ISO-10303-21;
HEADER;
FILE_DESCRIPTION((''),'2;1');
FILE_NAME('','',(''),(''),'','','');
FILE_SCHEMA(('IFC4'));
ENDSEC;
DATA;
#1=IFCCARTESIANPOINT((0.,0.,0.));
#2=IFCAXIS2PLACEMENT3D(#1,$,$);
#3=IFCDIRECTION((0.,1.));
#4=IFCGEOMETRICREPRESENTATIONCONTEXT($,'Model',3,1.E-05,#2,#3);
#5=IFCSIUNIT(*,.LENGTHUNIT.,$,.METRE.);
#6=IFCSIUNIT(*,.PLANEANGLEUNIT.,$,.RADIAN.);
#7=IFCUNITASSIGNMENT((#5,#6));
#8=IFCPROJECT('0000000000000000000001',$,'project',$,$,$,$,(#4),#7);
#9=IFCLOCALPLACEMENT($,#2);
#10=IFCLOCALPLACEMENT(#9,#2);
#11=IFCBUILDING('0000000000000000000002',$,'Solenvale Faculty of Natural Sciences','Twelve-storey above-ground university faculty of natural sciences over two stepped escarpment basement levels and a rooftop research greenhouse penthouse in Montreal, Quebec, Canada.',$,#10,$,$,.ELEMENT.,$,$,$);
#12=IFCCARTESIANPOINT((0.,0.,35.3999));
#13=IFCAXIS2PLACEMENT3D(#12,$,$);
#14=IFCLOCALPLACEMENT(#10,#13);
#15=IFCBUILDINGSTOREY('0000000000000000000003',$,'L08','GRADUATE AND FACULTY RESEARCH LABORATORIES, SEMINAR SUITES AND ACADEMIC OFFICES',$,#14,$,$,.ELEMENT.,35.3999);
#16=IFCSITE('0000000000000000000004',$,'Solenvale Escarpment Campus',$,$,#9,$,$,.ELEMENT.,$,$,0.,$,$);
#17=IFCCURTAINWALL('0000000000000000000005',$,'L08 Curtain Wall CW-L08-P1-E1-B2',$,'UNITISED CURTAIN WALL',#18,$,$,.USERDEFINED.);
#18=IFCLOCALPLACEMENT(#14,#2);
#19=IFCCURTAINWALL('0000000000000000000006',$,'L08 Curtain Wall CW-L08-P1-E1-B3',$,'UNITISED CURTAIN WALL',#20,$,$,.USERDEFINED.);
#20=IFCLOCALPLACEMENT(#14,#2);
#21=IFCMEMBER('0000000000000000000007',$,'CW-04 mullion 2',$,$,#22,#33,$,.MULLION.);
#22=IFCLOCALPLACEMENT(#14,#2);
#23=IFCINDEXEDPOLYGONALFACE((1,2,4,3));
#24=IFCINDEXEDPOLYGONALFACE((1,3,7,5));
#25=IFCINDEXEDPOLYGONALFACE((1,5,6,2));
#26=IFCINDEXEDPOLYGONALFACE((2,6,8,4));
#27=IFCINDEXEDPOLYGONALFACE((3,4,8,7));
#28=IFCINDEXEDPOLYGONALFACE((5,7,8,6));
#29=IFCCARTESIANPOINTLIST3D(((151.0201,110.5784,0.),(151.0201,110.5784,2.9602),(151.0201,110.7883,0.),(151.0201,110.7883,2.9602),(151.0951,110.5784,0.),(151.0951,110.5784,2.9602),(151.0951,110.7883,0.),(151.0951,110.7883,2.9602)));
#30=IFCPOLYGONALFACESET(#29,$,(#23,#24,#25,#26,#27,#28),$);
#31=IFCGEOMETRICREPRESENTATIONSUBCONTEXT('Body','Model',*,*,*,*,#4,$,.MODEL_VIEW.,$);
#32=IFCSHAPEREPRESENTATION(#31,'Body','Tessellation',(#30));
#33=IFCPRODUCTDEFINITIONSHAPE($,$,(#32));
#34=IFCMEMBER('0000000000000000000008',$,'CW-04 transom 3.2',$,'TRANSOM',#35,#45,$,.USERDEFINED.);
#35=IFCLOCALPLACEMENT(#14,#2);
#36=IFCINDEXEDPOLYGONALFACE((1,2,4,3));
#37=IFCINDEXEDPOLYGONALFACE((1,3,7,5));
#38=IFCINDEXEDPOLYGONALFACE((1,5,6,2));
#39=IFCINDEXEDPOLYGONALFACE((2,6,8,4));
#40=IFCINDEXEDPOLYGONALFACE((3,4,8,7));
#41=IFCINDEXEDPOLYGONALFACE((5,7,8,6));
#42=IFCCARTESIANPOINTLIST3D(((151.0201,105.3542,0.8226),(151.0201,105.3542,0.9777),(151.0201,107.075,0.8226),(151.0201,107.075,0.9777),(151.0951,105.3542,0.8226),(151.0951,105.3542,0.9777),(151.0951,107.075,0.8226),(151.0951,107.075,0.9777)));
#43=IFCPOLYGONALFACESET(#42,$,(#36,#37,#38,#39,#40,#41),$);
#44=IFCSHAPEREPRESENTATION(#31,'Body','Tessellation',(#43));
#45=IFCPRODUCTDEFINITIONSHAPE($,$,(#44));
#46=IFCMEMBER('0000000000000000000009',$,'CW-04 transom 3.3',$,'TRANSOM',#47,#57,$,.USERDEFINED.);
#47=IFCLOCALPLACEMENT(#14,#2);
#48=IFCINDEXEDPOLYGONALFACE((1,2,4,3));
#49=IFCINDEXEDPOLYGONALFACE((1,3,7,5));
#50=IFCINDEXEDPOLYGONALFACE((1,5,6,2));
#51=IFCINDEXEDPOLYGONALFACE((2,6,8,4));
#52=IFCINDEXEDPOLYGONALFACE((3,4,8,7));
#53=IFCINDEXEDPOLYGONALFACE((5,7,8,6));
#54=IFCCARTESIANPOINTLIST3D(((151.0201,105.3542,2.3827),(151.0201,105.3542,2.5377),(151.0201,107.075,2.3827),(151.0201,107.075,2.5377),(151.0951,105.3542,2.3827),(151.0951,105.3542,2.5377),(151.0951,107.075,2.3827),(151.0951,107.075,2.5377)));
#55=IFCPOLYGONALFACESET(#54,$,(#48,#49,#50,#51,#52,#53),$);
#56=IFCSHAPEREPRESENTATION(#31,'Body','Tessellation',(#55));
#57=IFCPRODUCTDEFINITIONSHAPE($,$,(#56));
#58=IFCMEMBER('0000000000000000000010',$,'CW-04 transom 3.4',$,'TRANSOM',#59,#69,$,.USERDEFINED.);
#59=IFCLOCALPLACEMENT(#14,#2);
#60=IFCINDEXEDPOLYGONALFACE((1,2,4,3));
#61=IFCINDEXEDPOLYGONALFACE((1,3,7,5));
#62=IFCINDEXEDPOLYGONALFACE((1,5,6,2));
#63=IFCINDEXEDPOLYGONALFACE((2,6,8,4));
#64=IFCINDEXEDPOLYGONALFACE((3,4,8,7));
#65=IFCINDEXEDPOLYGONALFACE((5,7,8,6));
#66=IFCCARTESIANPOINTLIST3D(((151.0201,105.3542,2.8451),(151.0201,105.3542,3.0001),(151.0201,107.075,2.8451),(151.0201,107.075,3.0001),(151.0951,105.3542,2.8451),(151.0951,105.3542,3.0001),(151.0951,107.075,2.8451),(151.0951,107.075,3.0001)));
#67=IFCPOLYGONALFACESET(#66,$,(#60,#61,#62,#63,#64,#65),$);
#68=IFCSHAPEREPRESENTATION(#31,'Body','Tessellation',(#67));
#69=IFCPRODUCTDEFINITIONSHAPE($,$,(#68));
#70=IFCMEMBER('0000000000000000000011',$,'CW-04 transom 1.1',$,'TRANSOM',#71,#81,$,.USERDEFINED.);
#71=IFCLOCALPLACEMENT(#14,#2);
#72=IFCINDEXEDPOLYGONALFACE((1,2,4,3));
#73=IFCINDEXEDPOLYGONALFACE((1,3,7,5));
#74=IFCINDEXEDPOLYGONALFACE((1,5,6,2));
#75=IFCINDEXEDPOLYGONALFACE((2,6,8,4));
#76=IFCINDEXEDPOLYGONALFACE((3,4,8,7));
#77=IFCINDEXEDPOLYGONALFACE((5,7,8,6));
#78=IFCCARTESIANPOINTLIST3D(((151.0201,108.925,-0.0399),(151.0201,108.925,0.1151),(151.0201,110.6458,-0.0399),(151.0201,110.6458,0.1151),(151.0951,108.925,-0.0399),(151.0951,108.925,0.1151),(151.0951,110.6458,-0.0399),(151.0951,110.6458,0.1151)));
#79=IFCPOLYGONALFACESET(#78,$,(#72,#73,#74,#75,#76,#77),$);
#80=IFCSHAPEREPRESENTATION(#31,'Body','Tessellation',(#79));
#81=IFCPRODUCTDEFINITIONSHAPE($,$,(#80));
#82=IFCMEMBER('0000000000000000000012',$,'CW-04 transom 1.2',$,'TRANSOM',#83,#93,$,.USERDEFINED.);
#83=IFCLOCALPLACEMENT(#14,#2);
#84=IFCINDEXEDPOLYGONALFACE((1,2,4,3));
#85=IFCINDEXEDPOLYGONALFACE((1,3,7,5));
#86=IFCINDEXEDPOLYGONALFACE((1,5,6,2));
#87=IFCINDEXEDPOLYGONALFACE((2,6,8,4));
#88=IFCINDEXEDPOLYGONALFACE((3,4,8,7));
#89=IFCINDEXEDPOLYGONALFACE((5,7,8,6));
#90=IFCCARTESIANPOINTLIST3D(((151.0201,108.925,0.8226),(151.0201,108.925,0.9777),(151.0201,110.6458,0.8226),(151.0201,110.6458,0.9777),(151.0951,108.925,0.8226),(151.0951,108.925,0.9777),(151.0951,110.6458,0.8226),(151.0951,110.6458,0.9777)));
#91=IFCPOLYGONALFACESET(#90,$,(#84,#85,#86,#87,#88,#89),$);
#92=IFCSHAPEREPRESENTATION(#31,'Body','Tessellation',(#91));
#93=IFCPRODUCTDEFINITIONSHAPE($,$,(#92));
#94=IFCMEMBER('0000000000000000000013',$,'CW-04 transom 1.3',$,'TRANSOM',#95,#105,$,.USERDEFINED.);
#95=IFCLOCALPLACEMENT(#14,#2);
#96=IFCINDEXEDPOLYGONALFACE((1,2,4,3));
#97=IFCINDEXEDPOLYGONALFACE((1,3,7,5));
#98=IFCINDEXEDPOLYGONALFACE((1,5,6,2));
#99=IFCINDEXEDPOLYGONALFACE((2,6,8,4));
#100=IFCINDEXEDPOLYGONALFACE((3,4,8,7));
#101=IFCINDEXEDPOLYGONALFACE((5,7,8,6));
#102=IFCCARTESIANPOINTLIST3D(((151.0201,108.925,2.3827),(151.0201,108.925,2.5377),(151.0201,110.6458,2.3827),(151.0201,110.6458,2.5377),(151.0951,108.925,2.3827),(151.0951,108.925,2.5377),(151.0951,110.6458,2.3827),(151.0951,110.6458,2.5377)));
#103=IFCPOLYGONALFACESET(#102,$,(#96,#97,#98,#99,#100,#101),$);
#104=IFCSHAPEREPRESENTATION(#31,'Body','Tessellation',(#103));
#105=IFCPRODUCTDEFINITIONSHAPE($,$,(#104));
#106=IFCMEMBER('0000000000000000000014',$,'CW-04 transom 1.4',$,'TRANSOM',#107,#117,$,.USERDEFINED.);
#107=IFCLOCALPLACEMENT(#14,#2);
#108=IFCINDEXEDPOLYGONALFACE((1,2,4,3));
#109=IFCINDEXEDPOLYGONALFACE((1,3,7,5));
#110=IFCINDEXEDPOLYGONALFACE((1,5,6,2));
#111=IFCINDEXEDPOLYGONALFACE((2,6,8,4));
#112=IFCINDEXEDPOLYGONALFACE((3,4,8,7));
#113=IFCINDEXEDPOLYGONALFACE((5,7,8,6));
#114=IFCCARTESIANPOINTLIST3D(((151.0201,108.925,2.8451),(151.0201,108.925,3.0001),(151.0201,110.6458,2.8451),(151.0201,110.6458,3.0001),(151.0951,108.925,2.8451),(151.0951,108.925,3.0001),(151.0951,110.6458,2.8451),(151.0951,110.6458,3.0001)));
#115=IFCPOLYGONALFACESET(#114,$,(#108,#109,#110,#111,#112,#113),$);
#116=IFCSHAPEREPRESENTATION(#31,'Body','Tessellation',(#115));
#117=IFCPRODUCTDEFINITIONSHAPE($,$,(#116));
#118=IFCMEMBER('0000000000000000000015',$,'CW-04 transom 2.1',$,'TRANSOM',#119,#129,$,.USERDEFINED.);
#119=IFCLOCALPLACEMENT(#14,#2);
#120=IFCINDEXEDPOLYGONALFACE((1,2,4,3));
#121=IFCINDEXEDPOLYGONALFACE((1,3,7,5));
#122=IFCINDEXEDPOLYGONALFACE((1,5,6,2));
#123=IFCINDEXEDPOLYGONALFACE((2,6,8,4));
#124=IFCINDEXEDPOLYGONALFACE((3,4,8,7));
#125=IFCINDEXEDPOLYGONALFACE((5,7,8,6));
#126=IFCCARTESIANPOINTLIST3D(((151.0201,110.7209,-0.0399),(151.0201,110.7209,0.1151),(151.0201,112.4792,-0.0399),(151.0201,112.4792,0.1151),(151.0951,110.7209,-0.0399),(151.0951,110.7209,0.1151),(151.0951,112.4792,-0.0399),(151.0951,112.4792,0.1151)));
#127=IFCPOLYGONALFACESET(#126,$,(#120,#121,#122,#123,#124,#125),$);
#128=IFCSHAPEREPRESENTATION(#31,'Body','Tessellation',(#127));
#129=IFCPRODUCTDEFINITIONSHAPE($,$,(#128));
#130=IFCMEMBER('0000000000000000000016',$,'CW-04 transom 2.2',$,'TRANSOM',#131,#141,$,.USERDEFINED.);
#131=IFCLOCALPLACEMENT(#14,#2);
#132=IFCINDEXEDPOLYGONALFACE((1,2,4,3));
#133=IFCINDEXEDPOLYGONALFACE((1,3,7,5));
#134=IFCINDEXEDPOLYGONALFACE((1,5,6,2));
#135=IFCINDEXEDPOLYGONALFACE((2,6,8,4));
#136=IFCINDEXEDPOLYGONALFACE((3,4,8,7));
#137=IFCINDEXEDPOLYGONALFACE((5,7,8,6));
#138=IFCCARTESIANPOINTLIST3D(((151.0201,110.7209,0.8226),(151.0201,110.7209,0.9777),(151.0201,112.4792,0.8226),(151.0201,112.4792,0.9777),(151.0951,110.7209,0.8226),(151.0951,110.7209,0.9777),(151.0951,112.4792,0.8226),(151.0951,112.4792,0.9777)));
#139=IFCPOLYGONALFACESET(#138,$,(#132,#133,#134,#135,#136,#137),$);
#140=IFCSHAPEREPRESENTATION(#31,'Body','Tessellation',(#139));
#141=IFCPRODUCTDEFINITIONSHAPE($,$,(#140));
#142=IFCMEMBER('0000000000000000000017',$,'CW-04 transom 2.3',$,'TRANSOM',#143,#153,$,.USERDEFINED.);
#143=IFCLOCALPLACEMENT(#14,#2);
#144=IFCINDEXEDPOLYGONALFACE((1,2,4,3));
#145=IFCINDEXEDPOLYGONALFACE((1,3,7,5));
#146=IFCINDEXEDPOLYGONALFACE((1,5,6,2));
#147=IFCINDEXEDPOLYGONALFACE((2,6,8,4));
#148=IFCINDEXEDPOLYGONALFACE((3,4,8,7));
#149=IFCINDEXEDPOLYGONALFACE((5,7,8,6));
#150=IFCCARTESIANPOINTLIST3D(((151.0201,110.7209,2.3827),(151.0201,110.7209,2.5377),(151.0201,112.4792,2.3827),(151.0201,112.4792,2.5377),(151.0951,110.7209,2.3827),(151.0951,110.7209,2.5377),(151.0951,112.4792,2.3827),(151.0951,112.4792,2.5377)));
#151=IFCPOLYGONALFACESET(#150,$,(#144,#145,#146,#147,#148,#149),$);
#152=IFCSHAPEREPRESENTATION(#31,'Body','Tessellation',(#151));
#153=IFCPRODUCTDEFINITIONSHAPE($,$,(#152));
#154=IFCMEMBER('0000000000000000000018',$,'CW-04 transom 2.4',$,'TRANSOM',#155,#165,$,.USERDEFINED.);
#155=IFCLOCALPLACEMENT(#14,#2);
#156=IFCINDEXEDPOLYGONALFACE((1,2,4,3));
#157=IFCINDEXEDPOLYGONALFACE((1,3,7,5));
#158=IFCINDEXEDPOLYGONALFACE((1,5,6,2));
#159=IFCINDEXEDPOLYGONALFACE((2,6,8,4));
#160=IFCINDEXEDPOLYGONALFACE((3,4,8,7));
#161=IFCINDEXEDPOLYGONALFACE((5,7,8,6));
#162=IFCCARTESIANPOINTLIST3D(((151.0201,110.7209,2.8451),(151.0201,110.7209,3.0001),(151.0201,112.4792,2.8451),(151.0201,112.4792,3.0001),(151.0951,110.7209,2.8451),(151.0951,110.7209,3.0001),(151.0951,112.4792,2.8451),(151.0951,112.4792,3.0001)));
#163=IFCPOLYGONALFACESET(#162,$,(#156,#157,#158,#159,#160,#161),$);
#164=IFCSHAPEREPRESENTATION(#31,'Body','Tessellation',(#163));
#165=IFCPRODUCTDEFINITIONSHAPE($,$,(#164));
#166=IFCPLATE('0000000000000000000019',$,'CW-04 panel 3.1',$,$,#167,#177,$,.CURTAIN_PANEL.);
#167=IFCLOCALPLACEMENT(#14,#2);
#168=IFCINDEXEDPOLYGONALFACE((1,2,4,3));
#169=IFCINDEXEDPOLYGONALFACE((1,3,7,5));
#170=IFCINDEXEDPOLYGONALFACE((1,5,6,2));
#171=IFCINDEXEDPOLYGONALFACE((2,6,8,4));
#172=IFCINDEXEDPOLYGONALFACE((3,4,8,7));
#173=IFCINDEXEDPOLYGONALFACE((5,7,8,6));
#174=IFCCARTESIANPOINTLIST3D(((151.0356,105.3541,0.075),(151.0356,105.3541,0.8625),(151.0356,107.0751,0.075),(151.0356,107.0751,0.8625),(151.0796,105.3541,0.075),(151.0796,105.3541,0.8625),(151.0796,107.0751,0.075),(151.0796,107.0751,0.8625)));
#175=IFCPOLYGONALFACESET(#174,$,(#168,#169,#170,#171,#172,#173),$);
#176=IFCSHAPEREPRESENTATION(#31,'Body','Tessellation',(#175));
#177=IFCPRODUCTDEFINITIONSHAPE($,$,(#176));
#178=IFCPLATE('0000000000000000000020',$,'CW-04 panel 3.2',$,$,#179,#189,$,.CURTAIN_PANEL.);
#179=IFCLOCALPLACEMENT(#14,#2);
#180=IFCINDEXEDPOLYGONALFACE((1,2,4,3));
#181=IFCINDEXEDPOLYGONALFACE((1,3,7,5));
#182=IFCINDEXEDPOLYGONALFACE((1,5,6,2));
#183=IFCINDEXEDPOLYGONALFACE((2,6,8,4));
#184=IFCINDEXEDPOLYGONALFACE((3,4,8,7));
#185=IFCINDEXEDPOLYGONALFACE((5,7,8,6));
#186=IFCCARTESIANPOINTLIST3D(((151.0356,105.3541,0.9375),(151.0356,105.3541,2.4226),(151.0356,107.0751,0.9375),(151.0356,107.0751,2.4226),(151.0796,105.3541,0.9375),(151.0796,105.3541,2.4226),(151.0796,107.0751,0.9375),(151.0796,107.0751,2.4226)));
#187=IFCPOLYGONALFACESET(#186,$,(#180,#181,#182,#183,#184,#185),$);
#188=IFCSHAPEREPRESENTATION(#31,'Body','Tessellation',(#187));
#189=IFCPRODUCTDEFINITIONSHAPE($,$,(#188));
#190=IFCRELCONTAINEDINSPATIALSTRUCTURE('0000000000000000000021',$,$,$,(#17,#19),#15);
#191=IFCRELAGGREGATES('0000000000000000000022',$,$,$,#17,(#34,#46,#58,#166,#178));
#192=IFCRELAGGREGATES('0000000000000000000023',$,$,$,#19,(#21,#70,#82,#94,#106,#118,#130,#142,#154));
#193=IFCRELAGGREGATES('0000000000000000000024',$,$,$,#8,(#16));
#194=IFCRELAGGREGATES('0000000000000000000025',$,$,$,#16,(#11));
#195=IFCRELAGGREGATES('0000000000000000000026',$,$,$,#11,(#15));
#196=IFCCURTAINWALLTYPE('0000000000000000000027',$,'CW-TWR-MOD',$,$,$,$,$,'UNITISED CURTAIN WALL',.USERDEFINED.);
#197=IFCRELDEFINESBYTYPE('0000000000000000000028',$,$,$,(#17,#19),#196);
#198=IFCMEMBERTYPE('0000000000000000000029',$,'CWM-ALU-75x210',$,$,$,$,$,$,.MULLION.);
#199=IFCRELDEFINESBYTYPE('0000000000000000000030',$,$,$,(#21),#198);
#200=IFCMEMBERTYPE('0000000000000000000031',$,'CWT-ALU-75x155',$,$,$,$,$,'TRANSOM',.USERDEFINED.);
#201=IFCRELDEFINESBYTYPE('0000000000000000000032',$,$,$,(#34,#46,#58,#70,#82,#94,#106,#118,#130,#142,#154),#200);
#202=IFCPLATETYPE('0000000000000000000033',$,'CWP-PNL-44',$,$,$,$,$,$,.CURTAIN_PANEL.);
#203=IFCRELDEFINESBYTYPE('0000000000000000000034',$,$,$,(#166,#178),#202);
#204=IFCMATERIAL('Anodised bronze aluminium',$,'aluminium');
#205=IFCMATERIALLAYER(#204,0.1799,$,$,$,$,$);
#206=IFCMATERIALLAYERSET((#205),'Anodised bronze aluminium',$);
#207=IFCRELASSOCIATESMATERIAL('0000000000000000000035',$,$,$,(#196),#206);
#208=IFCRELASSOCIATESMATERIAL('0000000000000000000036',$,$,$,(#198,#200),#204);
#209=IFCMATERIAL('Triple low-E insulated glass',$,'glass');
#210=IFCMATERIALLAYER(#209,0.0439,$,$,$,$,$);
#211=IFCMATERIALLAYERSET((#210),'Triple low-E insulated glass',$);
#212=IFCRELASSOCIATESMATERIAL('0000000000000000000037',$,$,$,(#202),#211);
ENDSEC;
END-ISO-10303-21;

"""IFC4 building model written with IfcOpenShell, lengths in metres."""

from ifc_helpers import new_model, si_unit, direction, frame, origin, origin_2d, place, context, subcontext, project, spatial, rectangle, extrude, material, layer, layer_set, material_profile, profile_set, type_object, element, aggregate, save


model = new_model("IFC4")

# Units and contexts
model_context = context("Model", 3, precision=1e-05, world=origin(), true_north=direction((0.0, 1.0)))
body_context = subcontext(model_context, "Body", "Model", "MODEL_VIEW")
ifc_project = project(units=[si_unit("LENGTHUNIT", "METRE"), si_unit("PLANEANGLEUNIT", "RADIAN")], contexts=[model_context])

# Site, building, storey
site_placement = place(None, origin())
site = spatial("IfcSite", under=ifc_project, at=site_placement, Name="Solenvale Escarpment Campus", CompositionType="ELEMENT", RefElevation=0.0)
building_placement = place(site_placement, origin())
building = spatial("IfcBuilding", under=site, at=building_placement, Name="Solenvale Faculty of Natural Sciences", Description="Twelve-storey above-ground university faculty of natural sciences over two stepped escarpment basement levels and a rooftop research greenhouse penthouse in Montreal, Quebec, Canada.", CompositionType="ELEMENT")
storey_placement = place(building_placement, frame((0.0, 0.0, 35.3999)))
storey = spatial("IfcBuildingStorey", under=building, at=storey_placement, Name="L08", Description="GRADUATE AND FACULTY RESEARCH LABORATORIES, SEMINAR SUITES AND ACADEMIC OFFICES", CompositionType="ELEMENT", Elevation=35.3999)

# Curtain wall
ifc_material_1 = material(Name="Anodised bronze aluminium", Category="aluminium")
ifc_layer_1 = layer(ifc_material_1, 0.1799)
ifc_layer_set_1 = layer_set([ifc_layer_1], Name="Anodised bronze aluminium")
curtain_wall_type = type_object("IfcCurtainWallType", Name="CW-TWR-MOD", ElementType="UNITISED CURTAIN WALL", PredefinedType="USERDEFINED", material=ifc_layer_set_1)
curtain_wall_1_placement = place(storey_placement, origin())
curtain_wall_1 = element("IfcCurtainWall", 1, at=curtain_wall_1_placement, inside=storey, type_object=curtain_wall_type, Name="L08 Curtain Wall CW-L08-P1-E1-B2", ObjectType="UNITISED CURTAIN WALL", PredefinedType="USERDEFINED")
ifc_material_profile_1 = material_profile(ifc_material_1, rectangle(XDim=0.075, YDim=0.21, at=origin_2d()), Name="ALU-MUL-75x210")
ifc_profile_set_1 = profile_set([ifc_material_profile_1], Name="Anodised bronze aluminium")
member_type_1 = type_object("IfcMemberType", Name="CWM-ALU-75x210", PredefinedType="MULLION", material=ifc_profile_set_1)

# Curtain wall, member
curtain_wall_2_placement = place(storey_placement, origin())
curtain_wall_2 = element("IfcCurtainWall", 2, at=curtain_wall_2_placement, inside=storey, type_object=curtain_wall_type, Name="L08 Curtain Wall CW-L08-P1-E1-B3", ObjectType="UNITISED CURTAIN WALL", PredefinedType="USERDEFINED")
member_1_placement = place(storey_placement, frame((151.0576, 110.6833, 0.0), z_axis=(0.0, 0.0, 1.0), x_axis=(-1.0, 0.0, 0.0)))
member_1 = element("IfcMember", 3, at=member_1_placement, type_object=member_type_1, Name="CW-04 mullion 2", PredefinedType="MULLION", context=body_context, shape_type="SweptSolid", body=[
    extrude(rectangle(XDim=0.075, YDim=0.21, at=origin_2d()), origin(), (0.0, 0.0, 1.0), 2.9602),
])

# Members
ifc_material_profile_2 = material_profile(ifc_material_1, rectangle(XDim=0.075, YDim=0.155, at=origin_2d()), Name="ALU-TRN-75x155")
ifc_profile_set_2 = profile_set([ifc_material_profile_2], Name="Anodised bronze aluminium")
member_type_2 = type_object("IfcMemberType", Name="CWT-ALU-75x155", ElementType="TRANSOM", PredefinedType="USERDEFINED", material=ifc_profile_set_2)
member_2_placement = place(storey_placement, frame((151.0576, 105.3542, 0.9001), z_axis=(0.0, 1.0, 0.0), x_axis=(-1.0, 0.0, 0.0)))
member_2 = element("IfcMember", 4, at=member_2_placement, type_object=member_type_2, Name="CW-04 transom 3.2", ObjectType="TRANSOM", PredefinedType="USERDEFINED", context=body_context, shape_type="SweptSolid", body=[
    extrude(rectangle(XDim=0.075, YDim=0.155, at=origin_2d()), origin(), (0.0, 0.0, 1.0), 1.7207),
])
member_3_placement = place(storey_placement, frame((151.0576, 105.3542, 2.4602), z_axis=(0.0, 1.0, 0.0), x_axis=(-1.0, 0.0, 0.0)))
member_3 = element("IfcMember", 5, at=member_3_placement, type_object=member_type_2, Name="CW-04 transom 3.3", ObjectType="TRANSOM", PredefinedType="USERDEFINED", context=body_context, shape_type="SweptSolid", body=[
    extrude(rectangle(XDim=0.075, YDim=0.155, at=origin_2d()), origin(), (0.0, 0.0, 1.0), 1.7207),
])
member_4_placement = place(storey_placement, frame((151.0576, 105.3542, 2.9226), z_axis=(0.0, 1.0, 0.0), x_axis=(-1.0, 0.0, 0.0)))
member_4 = element("IfcMember", 6, at=member_4_placement, type_object=member_type_2, Name="CW-04 transom 3.4", ObjectType="TRANSOM", PredefinedType="USERDEFINED", context=body_context, shape_type="SweptSolid", body=[
    extrude(rectangle(XDim=0.075, YDim=0.155, at=origin_2d()), origin(), (0.0, 0.0, 1.0), 1.7207),
])
member_5_placement = place(storey_placement, frame((151.0576, 108.925, 0.0376), z_axis=(0.0, 1.0, 0.0), x_axis=(-1.0, 0.0, 0.0)))
member_5 = element("IfcMember", 7, at=member_5_placement, type_object=member_type_2, Name="CW-04 transom 1.1", ObjectType="TRANSOM", PredefinedType="USERDEFINED", context=body_context, shape_type="SweptSolid", body=[
    extrude(rectangle(XDim=0.075, YDim=0.155, at=origin_2d()), origin(), (0.0, 0.0, 1.0), 1.7207),
])
member_6_placement = place(storey_placement, frame((151.0576, 108.925, 0.9001), z_axis=(0.0, 1.0, 0.0), x_axis=(-1.0, 0.0, 0.0)))
member_6 = element("IfcMember", 8, at=member_6_placement, type_object=member_type_2, Name="CW-04 transom 1.2", ObjectType="TRANSOM", PredefinedType="USERDEFINED", context=body_context, shape_type="SweptSolid", body=[
    extrude(rectangle(XDim=0.075, YDim=0.155, at=origin_2d()), origin(), (0.0, 0.0, 1.0), 1.7207),
])
member_7_placement = place(storey_placement, frame((151.0576, 108.925, 2.4602), z_axis=(0.0, 1.0, 0.0), x_axis=(-1.0, 0.0, 0.0)))
member_7 = element("IfcMember", 9, at=member_7_placement, type_object=member_type_2, Name="CW-04 transom 1.3", ObjectType="TRANSOM", PredefinedType="USERDEFINED", context=body_context, shape_type="SweptSolid", body=[
    extrude(rectangle(XDim=0.075, YDim=0.155, at=origin_2d()), origin(), (0.0, 0.0, 1.0), 1.7207),
])
member_8_placement = place(storey_placement, frame((151.0576, 108.925, 2.9226), z_axis=(0.0, 1.0, 0.0), x_axis=(-1.0, 0.0, 0.0)))
member_8 = element("IfcMember", 10, at=member_8_placement, type_object=member_type_2, Name="CW-04 transom 1.4", ObjectType="TRANSOM", PredefinedType="USERDEFINED", context=body_context, shape_type="SweptSolid", body=[
    extrude(rectangle(XDim=0.075, YDim=0.155, at=origin_2d()), origin(), (0.0, 0.0, 1.0), 1.7207),
])
member_9_placement = place(storey_placement, frame((151.0576, 110.7209, 0.0376), z_axis=(0.0, 1.0, 0.0), x_axis=(-1.0, 0.0, 0.0)))
member_9 = element("IfcMember", 11, at=member_9_placement, type_object=member_type_2, Name="CW-04 transom 2.1", ObjectType="TRANSOM", PredefinedType="USERDEFINED", context=body_context, shape_type="SweptSolid", body=[
    extrude(rectangle(XDim=0.075, YDim=0.155, at=origin_2d()), origin(), (0.0, 0.0, 1.0), 1.7583),
])
member_10_placement = place(storey_placement, frame((151.0576, 110.7209, 0.9001), z_axis=(0.0, 1.0, 0.0), x_axis=(-1.0, 0.0, 0.0)))
member_10 = element("IfcMember", 12, at=member_10_placement, type_object=member_type_2, Name="CW-04 transom 2.2", ObjectType="TRANSOM", PredefinedType="USERDEFINED", context=body_context, shape_type="SweptSolid", body=[
    extrude(rectangle(XDim=0.075, YDim=0.155, at=origin_2d()), origin(), (0.0, 0.0, 1.0), 1.7583),
])
member_11_placement = place(storey_placement, frame((151.0576, 110.7209, 2.4602), z_axis=(0.0, 1.0, 0.0), x_axis=(-1.0, 0.0, 0.0)))
member_11 = element("IfcMember", 13, at=member_11_placement, type_object=member_type_2, Name="CW-04 transom 2.3", ObjectType="TRANSOM", PredefinedType="USERDEFINED", context=body_context, shape_type="SweptSolid", body=[
    extrude(rectangle(XDim=0.075, YDim=0.155, at=origin_2d()), origin(), (0.0, 0.0, 1.0), 1.7583),
])
member_12_placement = place(storey_placement, frame((151.0576, 110.7209, 2.9226), z_axis=(0.0, 1.0, 0.0), x_axis=(-1.0, 0.0, 0.0)))
member_12 = element("IfcMember", 14, at=member_12_placement, type_object=member_type_2, Name="CW-04 transom 2.4", ObjectType="TRANSOM", PredefinedType="USERDEFINED", context=body_context, shape_type="SweptSolid", body=[
    extrude(rectangle(XDim=0.075, YDim=0.155, at=origin_2d()), origin(), (0.0, 0.0, 1.0), 1.7583),
])

# Plates
ifc_material_2 = material(Name="Triple low-E insulated glass", Category="glass")
ifc_layer_2 = layer(ifc_material_2, 0.0439)
ifc_layer_set_2 = layer_set([ifc_layer_2], Name="Triple low-E insulated glass")
plate_type_1 = type_object("IfcPlateType", Name="CWP-PNL-44", PredefinedType="CURTAIN_PANEL", material=ifc_layer_set_2)
plate_1_placement = place(storey_placement, frame((151.0576, 106.2146, 0.075), z_axis=(0.0, 0.0, 1.0), x_axis=(0.0, 1.0, 0.0)))
plate_1 = element("IfcPlate", 15, at=plate_1_placement, type_object=plate_type_1, Name="CW-04 panel 3.1", PredefinedType="CURTAIN_PANEL", context=body_context, shape_type="SweptSolid", body=[
    extrude(rectangle(XDim=1.7209, YDim=0.0439, at=origin_2d()), origin(), (0.0, 0.0, 1.0), 0.7876),
])
plate_2_placement = place(storey_placement, frame((151.0576, 106.2146, 0.9375), z_axis=(0.0, 0.0, 1.0), x_axis=(0.0, 1.0, 0.0)))
plate_2 = element("IfcPlate", 16, at=plate_2_placement, type_object=plate_type_1, Name="CW-04 panel 3.2", PredefinedType="CURTAIN_PANEL", context=body_context, shape_type="SweptSolid", body=[
    extrude(rectangle(XDim=1.7209, YDim=0.0439, at=origin_2d()), origin(), (0.0, 0.0, 1.0), 1.4851),
])
aggregate(curtain_wall_1, [member_2, member_3, member_4, plate_1, plate_2])
aggregate(curtain_wall_2, [member_1, member_5, member_6, member_7, member_8, member_9, member_10, member_11, member_12])

save(model, "model.ifc")
